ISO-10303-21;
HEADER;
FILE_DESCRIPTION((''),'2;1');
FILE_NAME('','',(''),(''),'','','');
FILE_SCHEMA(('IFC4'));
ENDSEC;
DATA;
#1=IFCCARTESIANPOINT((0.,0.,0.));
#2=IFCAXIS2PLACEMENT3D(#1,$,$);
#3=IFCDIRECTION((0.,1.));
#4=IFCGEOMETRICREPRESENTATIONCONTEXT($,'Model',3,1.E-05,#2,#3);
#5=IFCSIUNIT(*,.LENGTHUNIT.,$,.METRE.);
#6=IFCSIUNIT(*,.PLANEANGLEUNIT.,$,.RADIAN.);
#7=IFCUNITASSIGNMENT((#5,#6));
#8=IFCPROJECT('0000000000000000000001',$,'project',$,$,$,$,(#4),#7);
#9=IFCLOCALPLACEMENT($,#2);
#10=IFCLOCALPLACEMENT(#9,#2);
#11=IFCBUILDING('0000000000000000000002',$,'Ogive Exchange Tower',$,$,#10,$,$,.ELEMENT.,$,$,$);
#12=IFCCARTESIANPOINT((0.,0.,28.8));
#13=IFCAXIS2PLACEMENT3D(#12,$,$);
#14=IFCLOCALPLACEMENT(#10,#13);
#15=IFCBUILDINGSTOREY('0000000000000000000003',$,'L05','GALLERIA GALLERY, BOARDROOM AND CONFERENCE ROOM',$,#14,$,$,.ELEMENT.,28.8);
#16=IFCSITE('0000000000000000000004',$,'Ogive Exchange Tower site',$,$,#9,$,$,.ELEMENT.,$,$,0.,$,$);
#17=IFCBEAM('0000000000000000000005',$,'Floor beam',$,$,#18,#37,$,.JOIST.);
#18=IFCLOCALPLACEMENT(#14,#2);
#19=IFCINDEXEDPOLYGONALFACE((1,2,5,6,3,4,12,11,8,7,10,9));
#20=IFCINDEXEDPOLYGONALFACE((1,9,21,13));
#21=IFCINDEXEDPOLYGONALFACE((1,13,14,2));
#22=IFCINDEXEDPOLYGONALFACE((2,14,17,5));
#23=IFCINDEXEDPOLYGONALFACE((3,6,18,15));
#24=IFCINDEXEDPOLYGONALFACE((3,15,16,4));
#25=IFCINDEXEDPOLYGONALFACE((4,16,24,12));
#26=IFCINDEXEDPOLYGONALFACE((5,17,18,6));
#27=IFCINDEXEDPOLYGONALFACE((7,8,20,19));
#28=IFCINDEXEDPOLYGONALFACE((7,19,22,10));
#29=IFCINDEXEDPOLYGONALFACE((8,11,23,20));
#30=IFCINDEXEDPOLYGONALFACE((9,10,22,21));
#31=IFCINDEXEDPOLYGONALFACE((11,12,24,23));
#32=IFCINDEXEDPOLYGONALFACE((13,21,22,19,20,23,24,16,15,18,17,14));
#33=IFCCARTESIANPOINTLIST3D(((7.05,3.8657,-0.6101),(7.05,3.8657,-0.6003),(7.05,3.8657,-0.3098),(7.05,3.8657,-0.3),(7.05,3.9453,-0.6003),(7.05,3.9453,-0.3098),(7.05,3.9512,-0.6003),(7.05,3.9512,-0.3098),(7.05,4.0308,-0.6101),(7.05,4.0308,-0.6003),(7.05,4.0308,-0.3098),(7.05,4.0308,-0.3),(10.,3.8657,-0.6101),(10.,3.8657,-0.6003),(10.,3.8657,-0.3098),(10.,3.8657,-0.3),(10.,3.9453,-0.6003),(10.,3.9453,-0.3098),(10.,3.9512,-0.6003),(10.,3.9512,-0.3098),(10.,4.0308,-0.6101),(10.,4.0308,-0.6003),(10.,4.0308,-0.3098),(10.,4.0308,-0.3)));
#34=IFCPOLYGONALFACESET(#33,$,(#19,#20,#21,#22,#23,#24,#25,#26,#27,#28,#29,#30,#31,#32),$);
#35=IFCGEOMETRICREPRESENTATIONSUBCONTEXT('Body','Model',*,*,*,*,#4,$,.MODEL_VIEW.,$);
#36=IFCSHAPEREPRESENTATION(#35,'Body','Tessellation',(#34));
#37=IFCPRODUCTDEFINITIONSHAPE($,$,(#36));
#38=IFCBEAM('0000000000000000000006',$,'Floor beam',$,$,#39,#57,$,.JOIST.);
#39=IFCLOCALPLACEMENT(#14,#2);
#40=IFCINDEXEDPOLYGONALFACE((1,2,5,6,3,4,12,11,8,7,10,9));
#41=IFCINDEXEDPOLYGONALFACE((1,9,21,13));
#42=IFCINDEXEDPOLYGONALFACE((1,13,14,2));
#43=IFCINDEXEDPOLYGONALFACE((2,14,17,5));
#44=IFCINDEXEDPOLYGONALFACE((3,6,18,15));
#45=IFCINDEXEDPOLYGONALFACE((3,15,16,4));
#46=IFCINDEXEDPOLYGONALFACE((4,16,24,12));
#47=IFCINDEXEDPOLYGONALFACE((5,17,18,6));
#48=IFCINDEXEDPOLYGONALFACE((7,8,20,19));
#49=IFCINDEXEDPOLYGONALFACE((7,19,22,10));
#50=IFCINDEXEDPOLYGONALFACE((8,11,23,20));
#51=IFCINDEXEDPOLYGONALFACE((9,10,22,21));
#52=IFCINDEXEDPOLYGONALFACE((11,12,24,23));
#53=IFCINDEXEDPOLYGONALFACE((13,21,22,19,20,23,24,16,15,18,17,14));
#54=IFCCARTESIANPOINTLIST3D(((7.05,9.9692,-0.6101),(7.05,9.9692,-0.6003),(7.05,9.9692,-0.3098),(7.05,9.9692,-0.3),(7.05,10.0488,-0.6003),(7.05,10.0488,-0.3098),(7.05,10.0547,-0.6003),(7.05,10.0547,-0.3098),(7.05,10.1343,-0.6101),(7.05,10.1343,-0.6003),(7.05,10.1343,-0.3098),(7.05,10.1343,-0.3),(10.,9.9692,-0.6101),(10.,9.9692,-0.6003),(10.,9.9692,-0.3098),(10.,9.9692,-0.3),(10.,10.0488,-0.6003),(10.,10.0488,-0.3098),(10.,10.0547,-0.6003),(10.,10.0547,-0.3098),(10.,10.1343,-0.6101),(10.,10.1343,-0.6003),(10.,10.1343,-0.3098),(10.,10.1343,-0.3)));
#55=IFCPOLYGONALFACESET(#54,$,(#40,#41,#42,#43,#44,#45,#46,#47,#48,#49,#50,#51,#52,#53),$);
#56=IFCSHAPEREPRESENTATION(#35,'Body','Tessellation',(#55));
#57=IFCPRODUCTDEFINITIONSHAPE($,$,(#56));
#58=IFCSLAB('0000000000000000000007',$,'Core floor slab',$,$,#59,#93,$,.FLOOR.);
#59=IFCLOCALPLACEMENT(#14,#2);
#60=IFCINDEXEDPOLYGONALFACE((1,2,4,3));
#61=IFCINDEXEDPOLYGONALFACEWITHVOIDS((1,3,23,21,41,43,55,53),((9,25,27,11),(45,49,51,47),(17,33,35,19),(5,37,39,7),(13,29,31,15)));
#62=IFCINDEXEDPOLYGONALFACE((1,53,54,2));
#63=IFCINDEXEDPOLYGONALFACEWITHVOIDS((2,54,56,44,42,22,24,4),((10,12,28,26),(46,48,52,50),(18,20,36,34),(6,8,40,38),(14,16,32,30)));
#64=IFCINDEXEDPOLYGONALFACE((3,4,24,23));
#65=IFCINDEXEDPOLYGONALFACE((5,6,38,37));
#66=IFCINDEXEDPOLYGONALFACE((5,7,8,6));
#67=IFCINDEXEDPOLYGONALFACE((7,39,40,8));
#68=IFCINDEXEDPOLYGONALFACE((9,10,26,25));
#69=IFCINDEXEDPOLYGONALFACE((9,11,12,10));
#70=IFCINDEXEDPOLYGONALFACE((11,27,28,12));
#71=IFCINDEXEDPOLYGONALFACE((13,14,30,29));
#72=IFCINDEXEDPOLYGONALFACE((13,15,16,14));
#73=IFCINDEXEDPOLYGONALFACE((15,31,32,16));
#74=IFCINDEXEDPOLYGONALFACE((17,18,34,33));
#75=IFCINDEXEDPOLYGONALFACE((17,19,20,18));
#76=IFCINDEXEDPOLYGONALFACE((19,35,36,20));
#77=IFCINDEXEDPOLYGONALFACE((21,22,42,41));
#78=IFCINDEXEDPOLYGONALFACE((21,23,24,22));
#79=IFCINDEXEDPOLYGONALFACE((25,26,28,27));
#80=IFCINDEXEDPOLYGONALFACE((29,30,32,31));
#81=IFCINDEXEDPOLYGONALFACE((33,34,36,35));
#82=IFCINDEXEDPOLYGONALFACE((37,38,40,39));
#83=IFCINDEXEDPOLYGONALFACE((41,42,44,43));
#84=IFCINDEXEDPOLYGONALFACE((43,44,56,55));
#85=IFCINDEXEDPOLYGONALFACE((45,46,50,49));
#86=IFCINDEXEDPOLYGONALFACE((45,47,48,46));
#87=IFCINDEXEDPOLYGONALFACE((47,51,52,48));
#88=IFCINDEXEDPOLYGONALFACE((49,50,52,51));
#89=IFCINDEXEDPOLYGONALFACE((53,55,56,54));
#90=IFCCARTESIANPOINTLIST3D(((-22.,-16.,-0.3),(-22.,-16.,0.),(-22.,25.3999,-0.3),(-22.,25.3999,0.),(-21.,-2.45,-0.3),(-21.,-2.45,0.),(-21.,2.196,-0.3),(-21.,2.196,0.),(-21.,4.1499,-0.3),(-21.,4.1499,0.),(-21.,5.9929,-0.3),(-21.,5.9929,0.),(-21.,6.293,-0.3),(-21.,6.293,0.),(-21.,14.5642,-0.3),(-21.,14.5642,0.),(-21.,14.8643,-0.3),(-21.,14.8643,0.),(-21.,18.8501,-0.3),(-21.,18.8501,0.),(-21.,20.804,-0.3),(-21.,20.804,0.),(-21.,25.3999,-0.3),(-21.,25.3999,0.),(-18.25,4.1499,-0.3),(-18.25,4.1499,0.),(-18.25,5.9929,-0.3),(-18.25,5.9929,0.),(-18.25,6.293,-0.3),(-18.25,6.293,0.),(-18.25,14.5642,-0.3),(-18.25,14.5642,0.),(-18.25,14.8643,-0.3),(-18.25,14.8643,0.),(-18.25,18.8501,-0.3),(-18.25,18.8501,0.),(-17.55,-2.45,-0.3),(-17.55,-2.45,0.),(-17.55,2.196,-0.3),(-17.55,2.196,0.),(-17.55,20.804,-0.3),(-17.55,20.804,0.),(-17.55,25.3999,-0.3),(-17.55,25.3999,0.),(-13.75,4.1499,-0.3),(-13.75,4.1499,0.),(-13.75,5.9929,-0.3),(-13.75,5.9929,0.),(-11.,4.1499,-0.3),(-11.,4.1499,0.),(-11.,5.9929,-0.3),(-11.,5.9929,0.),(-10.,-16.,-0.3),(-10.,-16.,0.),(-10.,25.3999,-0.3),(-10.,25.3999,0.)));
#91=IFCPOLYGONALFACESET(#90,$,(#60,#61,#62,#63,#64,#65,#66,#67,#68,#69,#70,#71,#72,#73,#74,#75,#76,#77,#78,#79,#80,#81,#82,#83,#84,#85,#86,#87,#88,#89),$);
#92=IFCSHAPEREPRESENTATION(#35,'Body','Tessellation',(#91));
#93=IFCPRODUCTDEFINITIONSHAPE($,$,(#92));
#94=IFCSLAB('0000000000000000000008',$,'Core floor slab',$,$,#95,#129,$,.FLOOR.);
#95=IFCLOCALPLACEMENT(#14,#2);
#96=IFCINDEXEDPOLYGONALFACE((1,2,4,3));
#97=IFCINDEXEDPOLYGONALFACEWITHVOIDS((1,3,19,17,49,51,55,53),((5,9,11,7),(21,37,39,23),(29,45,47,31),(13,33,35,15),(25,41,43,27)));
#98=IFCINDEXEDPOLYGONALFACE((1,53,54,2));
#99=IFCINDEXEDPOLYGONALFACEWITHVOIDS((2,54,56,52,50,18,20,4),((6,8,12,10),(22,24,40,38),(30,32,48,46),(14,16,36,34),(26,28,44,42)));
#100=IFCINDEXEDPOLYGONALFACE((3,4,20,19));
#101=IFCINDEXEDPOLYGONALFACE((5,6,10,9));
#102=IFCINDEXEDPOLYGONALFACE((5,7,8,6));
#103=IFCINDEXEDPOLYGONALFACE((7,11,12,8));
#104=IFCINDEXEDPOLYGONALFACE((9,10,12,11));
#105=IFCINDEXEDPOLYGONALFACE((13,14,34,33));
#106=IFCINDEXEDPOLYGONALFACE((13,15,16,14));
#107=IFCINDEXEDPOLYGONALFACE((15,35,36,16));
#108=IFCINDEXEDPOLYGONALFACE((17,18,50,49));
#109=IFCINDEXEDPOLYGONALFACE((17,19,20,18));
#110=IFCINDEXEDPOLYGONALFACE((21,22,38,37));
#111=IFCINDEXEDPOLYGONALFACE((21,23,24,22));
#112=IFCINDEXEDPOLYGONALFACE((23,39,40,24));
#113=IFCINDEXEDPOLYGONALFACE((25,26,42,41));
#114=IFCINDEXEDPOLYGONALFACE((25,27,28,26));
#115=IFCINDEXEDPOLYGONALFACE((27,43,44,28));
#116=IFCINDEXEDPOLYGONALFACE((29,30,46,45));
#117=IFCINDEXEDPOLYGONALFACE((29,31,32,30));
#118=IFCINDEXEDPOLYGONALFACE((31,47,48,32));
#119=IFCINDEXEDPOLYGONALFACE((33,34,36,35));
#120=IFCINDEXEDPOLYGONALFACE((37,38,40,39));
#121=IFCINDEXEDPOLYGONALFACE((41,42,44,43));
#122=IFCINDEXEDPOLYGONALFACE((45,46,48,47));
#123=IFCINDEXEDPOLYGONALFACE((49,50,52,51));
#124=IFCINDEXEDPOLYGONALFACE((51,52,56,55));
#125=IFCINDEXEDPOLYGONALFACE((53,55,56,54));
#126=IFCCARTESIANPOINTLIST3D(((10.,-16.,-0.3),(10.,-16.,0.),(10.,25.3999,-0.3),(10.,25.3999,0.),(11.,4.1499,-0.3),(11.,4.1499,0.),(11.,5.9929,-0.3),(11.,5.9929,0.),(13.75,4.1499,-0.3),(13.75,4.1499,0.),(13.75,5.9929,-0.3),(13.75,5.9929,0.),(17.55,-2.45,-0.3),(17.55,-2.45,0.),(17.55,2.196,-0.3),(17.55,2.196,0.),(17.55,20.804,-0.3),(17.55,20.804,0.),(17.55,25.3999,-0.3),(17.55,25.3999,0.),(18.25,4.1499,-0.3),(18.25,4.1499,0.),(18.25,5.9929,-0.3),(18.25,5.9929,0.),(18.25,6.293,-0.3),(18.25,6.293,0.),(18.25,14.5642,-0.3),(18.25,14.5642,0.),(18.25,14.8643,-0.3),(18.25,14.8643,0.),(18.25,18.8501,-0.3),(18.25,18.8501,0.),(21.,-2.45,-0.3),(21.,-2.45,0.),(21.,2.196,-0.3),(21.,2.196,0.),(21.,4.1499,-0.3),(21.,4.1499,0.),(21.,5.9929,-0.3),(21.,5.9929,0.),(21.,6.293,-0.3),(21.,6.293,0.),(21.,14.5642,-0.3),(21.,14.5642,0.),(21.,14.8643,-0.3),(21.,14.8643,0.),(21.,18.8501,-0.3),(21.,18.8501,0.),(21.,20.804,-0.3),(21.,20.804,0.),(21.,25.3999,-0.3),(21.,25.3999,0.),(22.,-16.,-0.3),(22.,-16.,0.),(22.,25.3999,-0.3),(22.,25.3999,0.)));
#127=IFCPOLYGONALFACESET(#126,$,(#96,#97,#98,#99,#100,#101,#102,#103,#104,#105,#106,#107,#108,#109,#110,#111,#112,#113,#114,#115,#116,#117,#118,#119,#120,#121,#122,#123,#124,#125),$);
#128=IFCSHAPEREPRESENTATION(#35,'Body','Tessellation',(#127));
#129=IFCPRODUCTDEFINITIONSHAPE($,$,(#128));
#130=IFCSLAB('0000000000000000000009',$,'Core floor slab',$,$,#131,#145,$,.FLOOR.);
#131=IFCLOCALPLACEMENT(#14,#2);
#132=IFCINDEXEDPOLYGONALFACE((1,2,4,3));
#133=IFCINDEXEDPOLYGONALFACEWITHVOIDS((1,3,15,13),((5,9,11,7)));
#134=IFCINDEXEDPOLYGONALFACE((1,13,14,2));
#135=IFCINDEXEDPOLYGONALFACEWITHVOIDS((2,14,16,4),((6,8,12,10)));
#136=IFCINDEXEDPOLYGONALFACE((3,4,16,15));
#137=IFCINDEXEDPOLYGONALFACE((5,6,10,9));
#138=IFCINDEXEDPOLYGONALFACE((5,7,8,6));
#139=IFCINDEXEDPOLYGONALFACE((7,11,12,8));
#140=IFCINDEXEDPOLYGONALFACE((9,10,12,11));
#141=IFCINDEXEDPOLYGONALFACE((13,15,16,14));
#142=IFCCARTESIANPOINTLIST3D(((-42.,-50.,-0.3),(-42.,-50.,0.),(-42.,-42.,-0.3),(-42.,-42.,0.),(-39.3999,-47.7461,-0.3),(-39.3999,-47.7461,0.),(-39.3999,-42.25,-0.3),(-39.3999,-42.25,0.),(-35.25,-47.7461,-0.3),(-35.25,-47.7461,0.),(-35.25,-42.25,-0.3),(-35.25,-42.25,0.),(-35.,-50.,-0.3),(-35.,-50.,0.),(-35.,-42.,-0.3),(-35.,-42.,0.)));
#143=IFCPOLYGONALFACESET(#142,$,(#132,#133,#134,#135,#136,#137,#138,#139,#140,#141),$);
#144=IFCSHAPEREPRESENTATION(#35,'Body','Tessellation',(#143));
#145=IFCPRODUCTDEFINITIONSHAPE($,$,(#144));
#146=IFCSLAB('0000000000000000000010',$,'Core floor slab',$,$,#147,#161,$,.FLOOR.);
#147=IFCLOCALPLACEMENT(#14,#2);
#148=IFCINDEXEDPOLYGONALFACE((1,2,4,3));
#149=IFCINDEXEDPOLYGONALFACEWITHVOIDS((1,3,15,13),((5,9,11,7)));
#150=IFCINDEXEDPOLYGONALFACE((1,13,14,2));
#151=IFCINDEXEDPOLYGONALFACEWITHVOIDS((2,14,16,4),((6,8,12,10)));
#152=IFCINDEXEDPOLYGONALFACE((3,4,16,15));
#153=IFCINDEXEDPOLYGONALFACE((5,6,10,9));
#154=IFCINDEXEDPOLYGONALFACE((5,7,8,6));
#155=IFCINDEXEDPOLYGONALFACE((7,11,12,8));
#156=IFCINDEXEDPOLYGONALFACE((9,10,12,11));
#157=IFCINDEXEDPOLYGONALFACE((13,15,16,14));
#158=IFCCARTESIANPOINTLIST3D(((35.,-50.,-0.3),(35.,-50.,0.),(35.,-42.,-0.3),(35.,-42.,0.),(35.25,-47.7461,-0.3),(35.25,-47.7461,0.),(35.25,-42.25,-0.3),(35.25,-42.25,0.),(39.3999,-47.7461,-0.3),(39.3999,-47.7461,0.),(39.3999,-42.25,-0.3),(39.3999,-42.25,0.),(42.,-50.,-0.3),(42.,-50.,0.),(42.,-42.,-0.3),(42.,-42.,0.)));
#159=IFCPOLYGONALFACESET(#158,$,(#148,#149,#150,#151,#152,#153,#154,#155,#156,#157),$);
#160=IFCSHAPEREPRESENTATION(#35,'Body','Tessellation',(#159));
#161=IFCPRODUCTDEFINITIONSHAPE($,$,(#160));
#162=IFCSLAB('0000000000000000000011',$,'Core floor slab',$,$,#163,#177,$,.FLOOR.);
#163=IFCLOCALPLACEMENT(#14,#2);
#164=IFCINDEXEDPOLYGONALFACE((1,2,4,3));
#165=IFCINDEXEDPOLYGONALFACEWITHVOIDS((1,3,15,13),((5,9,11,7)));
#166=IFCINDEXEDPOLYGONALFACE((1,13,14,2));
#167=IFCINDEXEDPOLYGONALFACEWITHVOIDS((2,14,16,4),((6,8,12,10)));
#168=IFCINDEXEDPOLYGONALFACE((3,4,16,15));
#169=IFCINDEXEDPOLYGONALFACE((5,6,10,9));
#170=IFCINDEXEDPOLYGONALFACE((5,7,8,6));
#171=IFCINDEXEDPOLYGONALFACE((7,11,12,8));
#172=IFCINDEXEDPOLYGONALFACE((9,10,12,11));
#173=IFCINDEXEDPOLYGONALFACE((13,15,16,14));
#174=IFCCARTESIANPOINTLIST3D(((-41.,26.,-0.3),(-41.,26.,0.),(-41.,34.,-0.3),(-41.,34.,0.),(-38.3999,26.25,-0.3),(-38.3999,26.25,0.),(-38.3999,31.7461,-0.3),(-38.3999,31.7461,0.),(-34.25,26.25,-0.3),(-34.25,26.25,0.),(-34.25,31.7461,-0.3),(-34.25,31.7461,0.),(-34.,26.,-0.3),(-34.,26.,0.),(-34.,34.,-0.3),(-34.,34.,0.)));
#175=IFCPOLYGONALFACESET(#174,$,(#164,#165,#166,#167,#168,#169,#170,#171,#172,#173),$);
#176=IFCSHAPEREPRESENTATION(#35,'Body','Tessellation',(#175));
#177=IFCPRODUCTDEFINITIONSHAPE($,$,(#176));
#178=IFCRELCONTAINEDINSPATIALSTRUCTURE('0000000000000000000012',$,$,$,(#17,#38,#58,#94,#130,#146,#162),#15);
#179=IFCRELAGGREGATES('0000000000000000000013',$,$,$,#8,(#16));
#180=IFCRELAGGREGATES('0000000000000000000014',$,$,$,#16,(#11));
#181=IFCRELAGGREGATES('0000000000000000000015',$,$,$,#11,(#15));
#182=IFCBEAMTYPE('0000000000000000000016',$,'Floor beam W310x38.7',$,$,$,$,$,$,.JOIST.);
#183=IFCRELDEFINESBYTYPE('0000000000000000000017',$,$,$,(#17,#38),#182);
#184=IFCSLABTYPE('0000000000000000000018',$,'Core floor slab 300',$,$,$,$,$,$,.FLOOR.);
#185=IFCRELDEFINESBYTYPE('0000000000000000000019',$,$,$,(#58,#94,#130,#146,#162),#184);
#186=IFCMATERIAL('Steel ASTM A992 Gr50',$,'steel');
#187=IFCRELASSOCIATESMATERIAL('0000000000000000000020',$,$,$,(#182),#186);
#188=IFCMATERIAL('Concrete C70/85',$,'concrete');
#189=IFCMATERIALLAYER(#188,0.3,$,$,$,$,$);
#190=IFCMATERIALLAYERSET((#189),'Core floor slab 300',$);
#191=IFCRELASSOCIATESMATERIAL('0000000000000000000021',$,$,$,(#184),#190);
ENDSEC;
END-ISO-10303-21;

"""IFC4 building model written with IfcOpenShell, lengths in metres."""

from ifc_helpers import new_model, si_unit, direction, frame, origin, origin_2d, place, context, subcontext, project, spatial, polyline, i_section, outline, extrude, material, layer, layer_set, material_profile, profile_set, type_object, element, save


model = new_model("IFC4")

# Units and contexts
model_context = context("Model", 3, precision=1e-05, world=origin(), true_north=direction((0.0, 1.0)))
body_context = subcontext(model_context, "Body", "Model", "MODEL_VIEW")
ifc_project = project(units=[si_unit("LENGTHUNIT", "METRE"), si_unit("PLANEANGLEUNIT", "RADIAN")], contexts=[model_context])

# Site, building, storey
site_placement = place(None, origin())
site = spatial("IfcSite", under=ifc_project, at=site_placement, Name="Ogive Exchange Tower site", CompositionType="ELEMENT", RefElevation=0.0)
building_placement = place(site_placement, origin())
building = spatial("IfcBuilding", under=site, at=building_placement, Name="Ogive Exchange Tower", CompositionType="ELEMENT")
storey_placement = place(building_placement, frame((0.0, 0.0, 28.8)))
storey = spatial("IfcBuildingStorey", under=building, at=storey_placement, Name="L05", Description="GALLERIA GALLERY, BOARDROOM AND CONFERENCE ROOM", CompositionType="ELEMENT", Elevation=28.8)

# Beams
ifc_material_1 = material(Name="Steel ASTM A992 Gr50", Category="steel")
ifc_material_profile = material_profile(ifc_material_1, i_section(OverallWidth=0.165, OverallDepth=0.3101, WebThickness=0.0059, FlangeThickness=0.0098, at=origin_2d()), Name="W310x38.7")
ifc_profile_set = profile_set([ifc_material_profile], Name="Steel ASTM A992 Gr50")
beam_type = type_object("IfcBeamType", Name="Floor beam W310x38.7", PredefinedType="JOIST", material=ifc_profile_set)
for number, where, z_axis, x_axis, name in (
    (1, (7.05, 3.9482, -0.4551), (1.0, 0.0, 0.0), (0.0, 1.0, 0.0), "Floor beam"),
    (2, (7.05, 10.0518, -0.4551), (1.0, 0.0, 0.0), (0.0, 1.0, 0.0), "Floor beam"),
):
    element("IfcBeam", number, at=place(storey_placement, frame(where, z_axis=z_axis, x_axis=x_axis)), inside=storey, type_object=beam_type, Name=name, PredefinedType="JOIST", context=body_context, shape_type="SweptSolid", body=[
        extrude(i_section(OverallWidth=0.165, OverallDepth=0.3101, WebThickness=0.0059, FlangeThickness=0.0098, at=origin_2d()), origin(), (0.0, 0.0, 1.0), 2.95),
    ])

# Slabs
ifc_material_2 = material(Name="Concrete C70/85", Category="concrete")
ifc_layer_1 = layer(ifc_material_2, 0.3)
ifc_layer_set_1 = layer_set([ifc_layer_1], Name="Core floor slab 300")
slab_type_1 = type_object("IfcSlabType", Name="Core floor slab 300", PredefinedType="FLOOR", material=ifc_layer_set_1)
slab_1_placement = place(storey_placement, frame((0.0, 0.0, -0.3)))
element("IfcSlab", 3, at=slab_1_placement, inside=storey, type_object=slab_type_1, Name="Core floor slab", PredefinedType="FLOOR", context=body_context, shape_type="SweptSolid", body=[
    extrude(outline(polyline([(-10.0, 25.3999), (-10.0, -16.0), (-22.0, -16.0), (-22.0, 25.3999), (-21.0, 25.3999), (-21.0, 20.804), (-17.55, 20.804), (-17.55, 25.3999), (-10.0, 25.3999)]), holes=[polyline([(-17.55, 2.196), (-21.0, 2.196), (-21.0, -2.45), (-17.55, -2.45), (-17.55, 2.196)]), polyline([(-18.25, 5.9929), (-21.0, 5.9929), (-21.0, 4.1499), (-18.25, 4.1499), (-18.25, 5.9929)]), polyline([(-11.0, 5.9929), (-13.75, 5.9929), (-13.75, 4.1499), (-11.0, 4.1499), (-11.0, 5.9929)]), polyline([(-21.0, 14.5642), (-21.0, 6.293), (-18.25, 6.293), (-18.25, 14.5642), (-21.0, 14.5642)]), polyline([(-18.25, 18.8501), (-21.0, 18.8501), (-21.0, 14.8643), (-18.25, 14.8643), (-18.25, 18.8501)])]), origin(), (0.0, 0.0, 1.0), 0.3),
])
slab_2_placement = place(storey_placement, frame((0.0, 0.0, -0.3)))
element("IfcSlab", 4, at=slab_2_placement, inside=storey, type_object=slab_type_1, Name="Core floor slab", PredefinedType="FLOOR", context=body_context, shape_type="SweptSolid", body=[
    extrude(outline(polyline([(22.0, 25.3999), (22.0, -16.0), (10.0, -16.0), (10.0, 25.3999), (17.55, 25.3999), (17.55, 20.804), (21.0, 20.804), (21.0, 25.3999), (22.0, 25.3999)]), holes=[polyline([(21.0, 2.196), (17.55, 2.196), (17.55, -2.45), (21.0, -2.45), (21.0, 2.196)]), polyline([(13.75, 5.9929), (11.0, 5.9929), (11.0, 4.1499), (13.75, 4.1499), (13.75, 5.9929)]), polyline([(21.0, 5.9929), (18.25, 5.9929), (18.25, 4.1499), (21.0, 4.1499), (21.0, 5.9929)]), polyline([(18.25, 14.5642), (18.25, 6.293), (21.0, 6.293), (21.0, 14.5642), (18.25, 14.5642)]), polyline([(21.0, 18.8501), (18.25, 18.8501), (18.25, 14.8643), (21.0, 14.8643), (21.0, 18.8501)])]), origin(), (0.0, 0.0, 1.0), 0.3),
])
slab_3_placement = place(storey_placement, frame((0.0, 0.0, -0.3)))
element("IfcSlab", 5, at=slab_3_placement, inside=storey, type_object=slab_type_1, Name="Core floor slab", PredefinedType="FLOOR", context=body_context, shape_type="SweptSolid", body=[
    extrude(outline(polyline([(-42.0, -50.0), (-42.0, -42.0), (-35.0, -42.0), (-35.0, -50.0), (-42.0, -50.0)]), holes=[polyline([(-35.25, -42.25), (-39.3999, -42.25), (-39.3999, -47.7461), (-35.25, -47.7461), (-35.25, -42.25)])]), origin(), (0.0, 0.0, 1.0), 0.3),
])
slab_4_placement = place(storey_placement, frame((0.0, 0.0, -0.3)))
element("IfcSlab", 6, at=slab_4_placement, inside=storey, type_object=slab_type_1, Name="Core floor slab", PredefinedType="FLOOR", context=body_context, shape_type="SweptSolid", body=[
    extrude(outline(polyline([(35.0, -50.0), (35.0, -42.0), (42.0, -42.0), (42.0, -50.0), (35.0, -50.0)]), holes=[polyline([(39.3999, -42.25), (35.25, -42.25), (35.25, -47.7461), (39.3999, -47.7461), (39.3999, -42.25)])]), origin(), (0.0, 0.0, 1.0), 0.3),
])
slab_5_placement = place(storey_placement, frame((0.0, 0.0, -0.3)))
element("IfcSlab", 7, at=slab_5_placement, inside=storey, type_object=slab_type_1, Name="Core floor slab", PredefinedType="FLOOR", context=body_context, shape_type="SweptSolid", body=[
    extrude(outline(polyline([(-41.0, 26.0), (-41.0, 34.0), (-34.0, 34.0), (-34.0, 26.0), (-41.0, 26.0)]), holes=[polyline([(-38.3999, 26.25), (-34.25, 26.25), (-34.25, 31.7461), (-38.3999, 31.7461), (-38.3999, 26.25)])]), origin(), (0.0, 0.0, 1.0), 0.3),
])

save(model, "model.ifc")
